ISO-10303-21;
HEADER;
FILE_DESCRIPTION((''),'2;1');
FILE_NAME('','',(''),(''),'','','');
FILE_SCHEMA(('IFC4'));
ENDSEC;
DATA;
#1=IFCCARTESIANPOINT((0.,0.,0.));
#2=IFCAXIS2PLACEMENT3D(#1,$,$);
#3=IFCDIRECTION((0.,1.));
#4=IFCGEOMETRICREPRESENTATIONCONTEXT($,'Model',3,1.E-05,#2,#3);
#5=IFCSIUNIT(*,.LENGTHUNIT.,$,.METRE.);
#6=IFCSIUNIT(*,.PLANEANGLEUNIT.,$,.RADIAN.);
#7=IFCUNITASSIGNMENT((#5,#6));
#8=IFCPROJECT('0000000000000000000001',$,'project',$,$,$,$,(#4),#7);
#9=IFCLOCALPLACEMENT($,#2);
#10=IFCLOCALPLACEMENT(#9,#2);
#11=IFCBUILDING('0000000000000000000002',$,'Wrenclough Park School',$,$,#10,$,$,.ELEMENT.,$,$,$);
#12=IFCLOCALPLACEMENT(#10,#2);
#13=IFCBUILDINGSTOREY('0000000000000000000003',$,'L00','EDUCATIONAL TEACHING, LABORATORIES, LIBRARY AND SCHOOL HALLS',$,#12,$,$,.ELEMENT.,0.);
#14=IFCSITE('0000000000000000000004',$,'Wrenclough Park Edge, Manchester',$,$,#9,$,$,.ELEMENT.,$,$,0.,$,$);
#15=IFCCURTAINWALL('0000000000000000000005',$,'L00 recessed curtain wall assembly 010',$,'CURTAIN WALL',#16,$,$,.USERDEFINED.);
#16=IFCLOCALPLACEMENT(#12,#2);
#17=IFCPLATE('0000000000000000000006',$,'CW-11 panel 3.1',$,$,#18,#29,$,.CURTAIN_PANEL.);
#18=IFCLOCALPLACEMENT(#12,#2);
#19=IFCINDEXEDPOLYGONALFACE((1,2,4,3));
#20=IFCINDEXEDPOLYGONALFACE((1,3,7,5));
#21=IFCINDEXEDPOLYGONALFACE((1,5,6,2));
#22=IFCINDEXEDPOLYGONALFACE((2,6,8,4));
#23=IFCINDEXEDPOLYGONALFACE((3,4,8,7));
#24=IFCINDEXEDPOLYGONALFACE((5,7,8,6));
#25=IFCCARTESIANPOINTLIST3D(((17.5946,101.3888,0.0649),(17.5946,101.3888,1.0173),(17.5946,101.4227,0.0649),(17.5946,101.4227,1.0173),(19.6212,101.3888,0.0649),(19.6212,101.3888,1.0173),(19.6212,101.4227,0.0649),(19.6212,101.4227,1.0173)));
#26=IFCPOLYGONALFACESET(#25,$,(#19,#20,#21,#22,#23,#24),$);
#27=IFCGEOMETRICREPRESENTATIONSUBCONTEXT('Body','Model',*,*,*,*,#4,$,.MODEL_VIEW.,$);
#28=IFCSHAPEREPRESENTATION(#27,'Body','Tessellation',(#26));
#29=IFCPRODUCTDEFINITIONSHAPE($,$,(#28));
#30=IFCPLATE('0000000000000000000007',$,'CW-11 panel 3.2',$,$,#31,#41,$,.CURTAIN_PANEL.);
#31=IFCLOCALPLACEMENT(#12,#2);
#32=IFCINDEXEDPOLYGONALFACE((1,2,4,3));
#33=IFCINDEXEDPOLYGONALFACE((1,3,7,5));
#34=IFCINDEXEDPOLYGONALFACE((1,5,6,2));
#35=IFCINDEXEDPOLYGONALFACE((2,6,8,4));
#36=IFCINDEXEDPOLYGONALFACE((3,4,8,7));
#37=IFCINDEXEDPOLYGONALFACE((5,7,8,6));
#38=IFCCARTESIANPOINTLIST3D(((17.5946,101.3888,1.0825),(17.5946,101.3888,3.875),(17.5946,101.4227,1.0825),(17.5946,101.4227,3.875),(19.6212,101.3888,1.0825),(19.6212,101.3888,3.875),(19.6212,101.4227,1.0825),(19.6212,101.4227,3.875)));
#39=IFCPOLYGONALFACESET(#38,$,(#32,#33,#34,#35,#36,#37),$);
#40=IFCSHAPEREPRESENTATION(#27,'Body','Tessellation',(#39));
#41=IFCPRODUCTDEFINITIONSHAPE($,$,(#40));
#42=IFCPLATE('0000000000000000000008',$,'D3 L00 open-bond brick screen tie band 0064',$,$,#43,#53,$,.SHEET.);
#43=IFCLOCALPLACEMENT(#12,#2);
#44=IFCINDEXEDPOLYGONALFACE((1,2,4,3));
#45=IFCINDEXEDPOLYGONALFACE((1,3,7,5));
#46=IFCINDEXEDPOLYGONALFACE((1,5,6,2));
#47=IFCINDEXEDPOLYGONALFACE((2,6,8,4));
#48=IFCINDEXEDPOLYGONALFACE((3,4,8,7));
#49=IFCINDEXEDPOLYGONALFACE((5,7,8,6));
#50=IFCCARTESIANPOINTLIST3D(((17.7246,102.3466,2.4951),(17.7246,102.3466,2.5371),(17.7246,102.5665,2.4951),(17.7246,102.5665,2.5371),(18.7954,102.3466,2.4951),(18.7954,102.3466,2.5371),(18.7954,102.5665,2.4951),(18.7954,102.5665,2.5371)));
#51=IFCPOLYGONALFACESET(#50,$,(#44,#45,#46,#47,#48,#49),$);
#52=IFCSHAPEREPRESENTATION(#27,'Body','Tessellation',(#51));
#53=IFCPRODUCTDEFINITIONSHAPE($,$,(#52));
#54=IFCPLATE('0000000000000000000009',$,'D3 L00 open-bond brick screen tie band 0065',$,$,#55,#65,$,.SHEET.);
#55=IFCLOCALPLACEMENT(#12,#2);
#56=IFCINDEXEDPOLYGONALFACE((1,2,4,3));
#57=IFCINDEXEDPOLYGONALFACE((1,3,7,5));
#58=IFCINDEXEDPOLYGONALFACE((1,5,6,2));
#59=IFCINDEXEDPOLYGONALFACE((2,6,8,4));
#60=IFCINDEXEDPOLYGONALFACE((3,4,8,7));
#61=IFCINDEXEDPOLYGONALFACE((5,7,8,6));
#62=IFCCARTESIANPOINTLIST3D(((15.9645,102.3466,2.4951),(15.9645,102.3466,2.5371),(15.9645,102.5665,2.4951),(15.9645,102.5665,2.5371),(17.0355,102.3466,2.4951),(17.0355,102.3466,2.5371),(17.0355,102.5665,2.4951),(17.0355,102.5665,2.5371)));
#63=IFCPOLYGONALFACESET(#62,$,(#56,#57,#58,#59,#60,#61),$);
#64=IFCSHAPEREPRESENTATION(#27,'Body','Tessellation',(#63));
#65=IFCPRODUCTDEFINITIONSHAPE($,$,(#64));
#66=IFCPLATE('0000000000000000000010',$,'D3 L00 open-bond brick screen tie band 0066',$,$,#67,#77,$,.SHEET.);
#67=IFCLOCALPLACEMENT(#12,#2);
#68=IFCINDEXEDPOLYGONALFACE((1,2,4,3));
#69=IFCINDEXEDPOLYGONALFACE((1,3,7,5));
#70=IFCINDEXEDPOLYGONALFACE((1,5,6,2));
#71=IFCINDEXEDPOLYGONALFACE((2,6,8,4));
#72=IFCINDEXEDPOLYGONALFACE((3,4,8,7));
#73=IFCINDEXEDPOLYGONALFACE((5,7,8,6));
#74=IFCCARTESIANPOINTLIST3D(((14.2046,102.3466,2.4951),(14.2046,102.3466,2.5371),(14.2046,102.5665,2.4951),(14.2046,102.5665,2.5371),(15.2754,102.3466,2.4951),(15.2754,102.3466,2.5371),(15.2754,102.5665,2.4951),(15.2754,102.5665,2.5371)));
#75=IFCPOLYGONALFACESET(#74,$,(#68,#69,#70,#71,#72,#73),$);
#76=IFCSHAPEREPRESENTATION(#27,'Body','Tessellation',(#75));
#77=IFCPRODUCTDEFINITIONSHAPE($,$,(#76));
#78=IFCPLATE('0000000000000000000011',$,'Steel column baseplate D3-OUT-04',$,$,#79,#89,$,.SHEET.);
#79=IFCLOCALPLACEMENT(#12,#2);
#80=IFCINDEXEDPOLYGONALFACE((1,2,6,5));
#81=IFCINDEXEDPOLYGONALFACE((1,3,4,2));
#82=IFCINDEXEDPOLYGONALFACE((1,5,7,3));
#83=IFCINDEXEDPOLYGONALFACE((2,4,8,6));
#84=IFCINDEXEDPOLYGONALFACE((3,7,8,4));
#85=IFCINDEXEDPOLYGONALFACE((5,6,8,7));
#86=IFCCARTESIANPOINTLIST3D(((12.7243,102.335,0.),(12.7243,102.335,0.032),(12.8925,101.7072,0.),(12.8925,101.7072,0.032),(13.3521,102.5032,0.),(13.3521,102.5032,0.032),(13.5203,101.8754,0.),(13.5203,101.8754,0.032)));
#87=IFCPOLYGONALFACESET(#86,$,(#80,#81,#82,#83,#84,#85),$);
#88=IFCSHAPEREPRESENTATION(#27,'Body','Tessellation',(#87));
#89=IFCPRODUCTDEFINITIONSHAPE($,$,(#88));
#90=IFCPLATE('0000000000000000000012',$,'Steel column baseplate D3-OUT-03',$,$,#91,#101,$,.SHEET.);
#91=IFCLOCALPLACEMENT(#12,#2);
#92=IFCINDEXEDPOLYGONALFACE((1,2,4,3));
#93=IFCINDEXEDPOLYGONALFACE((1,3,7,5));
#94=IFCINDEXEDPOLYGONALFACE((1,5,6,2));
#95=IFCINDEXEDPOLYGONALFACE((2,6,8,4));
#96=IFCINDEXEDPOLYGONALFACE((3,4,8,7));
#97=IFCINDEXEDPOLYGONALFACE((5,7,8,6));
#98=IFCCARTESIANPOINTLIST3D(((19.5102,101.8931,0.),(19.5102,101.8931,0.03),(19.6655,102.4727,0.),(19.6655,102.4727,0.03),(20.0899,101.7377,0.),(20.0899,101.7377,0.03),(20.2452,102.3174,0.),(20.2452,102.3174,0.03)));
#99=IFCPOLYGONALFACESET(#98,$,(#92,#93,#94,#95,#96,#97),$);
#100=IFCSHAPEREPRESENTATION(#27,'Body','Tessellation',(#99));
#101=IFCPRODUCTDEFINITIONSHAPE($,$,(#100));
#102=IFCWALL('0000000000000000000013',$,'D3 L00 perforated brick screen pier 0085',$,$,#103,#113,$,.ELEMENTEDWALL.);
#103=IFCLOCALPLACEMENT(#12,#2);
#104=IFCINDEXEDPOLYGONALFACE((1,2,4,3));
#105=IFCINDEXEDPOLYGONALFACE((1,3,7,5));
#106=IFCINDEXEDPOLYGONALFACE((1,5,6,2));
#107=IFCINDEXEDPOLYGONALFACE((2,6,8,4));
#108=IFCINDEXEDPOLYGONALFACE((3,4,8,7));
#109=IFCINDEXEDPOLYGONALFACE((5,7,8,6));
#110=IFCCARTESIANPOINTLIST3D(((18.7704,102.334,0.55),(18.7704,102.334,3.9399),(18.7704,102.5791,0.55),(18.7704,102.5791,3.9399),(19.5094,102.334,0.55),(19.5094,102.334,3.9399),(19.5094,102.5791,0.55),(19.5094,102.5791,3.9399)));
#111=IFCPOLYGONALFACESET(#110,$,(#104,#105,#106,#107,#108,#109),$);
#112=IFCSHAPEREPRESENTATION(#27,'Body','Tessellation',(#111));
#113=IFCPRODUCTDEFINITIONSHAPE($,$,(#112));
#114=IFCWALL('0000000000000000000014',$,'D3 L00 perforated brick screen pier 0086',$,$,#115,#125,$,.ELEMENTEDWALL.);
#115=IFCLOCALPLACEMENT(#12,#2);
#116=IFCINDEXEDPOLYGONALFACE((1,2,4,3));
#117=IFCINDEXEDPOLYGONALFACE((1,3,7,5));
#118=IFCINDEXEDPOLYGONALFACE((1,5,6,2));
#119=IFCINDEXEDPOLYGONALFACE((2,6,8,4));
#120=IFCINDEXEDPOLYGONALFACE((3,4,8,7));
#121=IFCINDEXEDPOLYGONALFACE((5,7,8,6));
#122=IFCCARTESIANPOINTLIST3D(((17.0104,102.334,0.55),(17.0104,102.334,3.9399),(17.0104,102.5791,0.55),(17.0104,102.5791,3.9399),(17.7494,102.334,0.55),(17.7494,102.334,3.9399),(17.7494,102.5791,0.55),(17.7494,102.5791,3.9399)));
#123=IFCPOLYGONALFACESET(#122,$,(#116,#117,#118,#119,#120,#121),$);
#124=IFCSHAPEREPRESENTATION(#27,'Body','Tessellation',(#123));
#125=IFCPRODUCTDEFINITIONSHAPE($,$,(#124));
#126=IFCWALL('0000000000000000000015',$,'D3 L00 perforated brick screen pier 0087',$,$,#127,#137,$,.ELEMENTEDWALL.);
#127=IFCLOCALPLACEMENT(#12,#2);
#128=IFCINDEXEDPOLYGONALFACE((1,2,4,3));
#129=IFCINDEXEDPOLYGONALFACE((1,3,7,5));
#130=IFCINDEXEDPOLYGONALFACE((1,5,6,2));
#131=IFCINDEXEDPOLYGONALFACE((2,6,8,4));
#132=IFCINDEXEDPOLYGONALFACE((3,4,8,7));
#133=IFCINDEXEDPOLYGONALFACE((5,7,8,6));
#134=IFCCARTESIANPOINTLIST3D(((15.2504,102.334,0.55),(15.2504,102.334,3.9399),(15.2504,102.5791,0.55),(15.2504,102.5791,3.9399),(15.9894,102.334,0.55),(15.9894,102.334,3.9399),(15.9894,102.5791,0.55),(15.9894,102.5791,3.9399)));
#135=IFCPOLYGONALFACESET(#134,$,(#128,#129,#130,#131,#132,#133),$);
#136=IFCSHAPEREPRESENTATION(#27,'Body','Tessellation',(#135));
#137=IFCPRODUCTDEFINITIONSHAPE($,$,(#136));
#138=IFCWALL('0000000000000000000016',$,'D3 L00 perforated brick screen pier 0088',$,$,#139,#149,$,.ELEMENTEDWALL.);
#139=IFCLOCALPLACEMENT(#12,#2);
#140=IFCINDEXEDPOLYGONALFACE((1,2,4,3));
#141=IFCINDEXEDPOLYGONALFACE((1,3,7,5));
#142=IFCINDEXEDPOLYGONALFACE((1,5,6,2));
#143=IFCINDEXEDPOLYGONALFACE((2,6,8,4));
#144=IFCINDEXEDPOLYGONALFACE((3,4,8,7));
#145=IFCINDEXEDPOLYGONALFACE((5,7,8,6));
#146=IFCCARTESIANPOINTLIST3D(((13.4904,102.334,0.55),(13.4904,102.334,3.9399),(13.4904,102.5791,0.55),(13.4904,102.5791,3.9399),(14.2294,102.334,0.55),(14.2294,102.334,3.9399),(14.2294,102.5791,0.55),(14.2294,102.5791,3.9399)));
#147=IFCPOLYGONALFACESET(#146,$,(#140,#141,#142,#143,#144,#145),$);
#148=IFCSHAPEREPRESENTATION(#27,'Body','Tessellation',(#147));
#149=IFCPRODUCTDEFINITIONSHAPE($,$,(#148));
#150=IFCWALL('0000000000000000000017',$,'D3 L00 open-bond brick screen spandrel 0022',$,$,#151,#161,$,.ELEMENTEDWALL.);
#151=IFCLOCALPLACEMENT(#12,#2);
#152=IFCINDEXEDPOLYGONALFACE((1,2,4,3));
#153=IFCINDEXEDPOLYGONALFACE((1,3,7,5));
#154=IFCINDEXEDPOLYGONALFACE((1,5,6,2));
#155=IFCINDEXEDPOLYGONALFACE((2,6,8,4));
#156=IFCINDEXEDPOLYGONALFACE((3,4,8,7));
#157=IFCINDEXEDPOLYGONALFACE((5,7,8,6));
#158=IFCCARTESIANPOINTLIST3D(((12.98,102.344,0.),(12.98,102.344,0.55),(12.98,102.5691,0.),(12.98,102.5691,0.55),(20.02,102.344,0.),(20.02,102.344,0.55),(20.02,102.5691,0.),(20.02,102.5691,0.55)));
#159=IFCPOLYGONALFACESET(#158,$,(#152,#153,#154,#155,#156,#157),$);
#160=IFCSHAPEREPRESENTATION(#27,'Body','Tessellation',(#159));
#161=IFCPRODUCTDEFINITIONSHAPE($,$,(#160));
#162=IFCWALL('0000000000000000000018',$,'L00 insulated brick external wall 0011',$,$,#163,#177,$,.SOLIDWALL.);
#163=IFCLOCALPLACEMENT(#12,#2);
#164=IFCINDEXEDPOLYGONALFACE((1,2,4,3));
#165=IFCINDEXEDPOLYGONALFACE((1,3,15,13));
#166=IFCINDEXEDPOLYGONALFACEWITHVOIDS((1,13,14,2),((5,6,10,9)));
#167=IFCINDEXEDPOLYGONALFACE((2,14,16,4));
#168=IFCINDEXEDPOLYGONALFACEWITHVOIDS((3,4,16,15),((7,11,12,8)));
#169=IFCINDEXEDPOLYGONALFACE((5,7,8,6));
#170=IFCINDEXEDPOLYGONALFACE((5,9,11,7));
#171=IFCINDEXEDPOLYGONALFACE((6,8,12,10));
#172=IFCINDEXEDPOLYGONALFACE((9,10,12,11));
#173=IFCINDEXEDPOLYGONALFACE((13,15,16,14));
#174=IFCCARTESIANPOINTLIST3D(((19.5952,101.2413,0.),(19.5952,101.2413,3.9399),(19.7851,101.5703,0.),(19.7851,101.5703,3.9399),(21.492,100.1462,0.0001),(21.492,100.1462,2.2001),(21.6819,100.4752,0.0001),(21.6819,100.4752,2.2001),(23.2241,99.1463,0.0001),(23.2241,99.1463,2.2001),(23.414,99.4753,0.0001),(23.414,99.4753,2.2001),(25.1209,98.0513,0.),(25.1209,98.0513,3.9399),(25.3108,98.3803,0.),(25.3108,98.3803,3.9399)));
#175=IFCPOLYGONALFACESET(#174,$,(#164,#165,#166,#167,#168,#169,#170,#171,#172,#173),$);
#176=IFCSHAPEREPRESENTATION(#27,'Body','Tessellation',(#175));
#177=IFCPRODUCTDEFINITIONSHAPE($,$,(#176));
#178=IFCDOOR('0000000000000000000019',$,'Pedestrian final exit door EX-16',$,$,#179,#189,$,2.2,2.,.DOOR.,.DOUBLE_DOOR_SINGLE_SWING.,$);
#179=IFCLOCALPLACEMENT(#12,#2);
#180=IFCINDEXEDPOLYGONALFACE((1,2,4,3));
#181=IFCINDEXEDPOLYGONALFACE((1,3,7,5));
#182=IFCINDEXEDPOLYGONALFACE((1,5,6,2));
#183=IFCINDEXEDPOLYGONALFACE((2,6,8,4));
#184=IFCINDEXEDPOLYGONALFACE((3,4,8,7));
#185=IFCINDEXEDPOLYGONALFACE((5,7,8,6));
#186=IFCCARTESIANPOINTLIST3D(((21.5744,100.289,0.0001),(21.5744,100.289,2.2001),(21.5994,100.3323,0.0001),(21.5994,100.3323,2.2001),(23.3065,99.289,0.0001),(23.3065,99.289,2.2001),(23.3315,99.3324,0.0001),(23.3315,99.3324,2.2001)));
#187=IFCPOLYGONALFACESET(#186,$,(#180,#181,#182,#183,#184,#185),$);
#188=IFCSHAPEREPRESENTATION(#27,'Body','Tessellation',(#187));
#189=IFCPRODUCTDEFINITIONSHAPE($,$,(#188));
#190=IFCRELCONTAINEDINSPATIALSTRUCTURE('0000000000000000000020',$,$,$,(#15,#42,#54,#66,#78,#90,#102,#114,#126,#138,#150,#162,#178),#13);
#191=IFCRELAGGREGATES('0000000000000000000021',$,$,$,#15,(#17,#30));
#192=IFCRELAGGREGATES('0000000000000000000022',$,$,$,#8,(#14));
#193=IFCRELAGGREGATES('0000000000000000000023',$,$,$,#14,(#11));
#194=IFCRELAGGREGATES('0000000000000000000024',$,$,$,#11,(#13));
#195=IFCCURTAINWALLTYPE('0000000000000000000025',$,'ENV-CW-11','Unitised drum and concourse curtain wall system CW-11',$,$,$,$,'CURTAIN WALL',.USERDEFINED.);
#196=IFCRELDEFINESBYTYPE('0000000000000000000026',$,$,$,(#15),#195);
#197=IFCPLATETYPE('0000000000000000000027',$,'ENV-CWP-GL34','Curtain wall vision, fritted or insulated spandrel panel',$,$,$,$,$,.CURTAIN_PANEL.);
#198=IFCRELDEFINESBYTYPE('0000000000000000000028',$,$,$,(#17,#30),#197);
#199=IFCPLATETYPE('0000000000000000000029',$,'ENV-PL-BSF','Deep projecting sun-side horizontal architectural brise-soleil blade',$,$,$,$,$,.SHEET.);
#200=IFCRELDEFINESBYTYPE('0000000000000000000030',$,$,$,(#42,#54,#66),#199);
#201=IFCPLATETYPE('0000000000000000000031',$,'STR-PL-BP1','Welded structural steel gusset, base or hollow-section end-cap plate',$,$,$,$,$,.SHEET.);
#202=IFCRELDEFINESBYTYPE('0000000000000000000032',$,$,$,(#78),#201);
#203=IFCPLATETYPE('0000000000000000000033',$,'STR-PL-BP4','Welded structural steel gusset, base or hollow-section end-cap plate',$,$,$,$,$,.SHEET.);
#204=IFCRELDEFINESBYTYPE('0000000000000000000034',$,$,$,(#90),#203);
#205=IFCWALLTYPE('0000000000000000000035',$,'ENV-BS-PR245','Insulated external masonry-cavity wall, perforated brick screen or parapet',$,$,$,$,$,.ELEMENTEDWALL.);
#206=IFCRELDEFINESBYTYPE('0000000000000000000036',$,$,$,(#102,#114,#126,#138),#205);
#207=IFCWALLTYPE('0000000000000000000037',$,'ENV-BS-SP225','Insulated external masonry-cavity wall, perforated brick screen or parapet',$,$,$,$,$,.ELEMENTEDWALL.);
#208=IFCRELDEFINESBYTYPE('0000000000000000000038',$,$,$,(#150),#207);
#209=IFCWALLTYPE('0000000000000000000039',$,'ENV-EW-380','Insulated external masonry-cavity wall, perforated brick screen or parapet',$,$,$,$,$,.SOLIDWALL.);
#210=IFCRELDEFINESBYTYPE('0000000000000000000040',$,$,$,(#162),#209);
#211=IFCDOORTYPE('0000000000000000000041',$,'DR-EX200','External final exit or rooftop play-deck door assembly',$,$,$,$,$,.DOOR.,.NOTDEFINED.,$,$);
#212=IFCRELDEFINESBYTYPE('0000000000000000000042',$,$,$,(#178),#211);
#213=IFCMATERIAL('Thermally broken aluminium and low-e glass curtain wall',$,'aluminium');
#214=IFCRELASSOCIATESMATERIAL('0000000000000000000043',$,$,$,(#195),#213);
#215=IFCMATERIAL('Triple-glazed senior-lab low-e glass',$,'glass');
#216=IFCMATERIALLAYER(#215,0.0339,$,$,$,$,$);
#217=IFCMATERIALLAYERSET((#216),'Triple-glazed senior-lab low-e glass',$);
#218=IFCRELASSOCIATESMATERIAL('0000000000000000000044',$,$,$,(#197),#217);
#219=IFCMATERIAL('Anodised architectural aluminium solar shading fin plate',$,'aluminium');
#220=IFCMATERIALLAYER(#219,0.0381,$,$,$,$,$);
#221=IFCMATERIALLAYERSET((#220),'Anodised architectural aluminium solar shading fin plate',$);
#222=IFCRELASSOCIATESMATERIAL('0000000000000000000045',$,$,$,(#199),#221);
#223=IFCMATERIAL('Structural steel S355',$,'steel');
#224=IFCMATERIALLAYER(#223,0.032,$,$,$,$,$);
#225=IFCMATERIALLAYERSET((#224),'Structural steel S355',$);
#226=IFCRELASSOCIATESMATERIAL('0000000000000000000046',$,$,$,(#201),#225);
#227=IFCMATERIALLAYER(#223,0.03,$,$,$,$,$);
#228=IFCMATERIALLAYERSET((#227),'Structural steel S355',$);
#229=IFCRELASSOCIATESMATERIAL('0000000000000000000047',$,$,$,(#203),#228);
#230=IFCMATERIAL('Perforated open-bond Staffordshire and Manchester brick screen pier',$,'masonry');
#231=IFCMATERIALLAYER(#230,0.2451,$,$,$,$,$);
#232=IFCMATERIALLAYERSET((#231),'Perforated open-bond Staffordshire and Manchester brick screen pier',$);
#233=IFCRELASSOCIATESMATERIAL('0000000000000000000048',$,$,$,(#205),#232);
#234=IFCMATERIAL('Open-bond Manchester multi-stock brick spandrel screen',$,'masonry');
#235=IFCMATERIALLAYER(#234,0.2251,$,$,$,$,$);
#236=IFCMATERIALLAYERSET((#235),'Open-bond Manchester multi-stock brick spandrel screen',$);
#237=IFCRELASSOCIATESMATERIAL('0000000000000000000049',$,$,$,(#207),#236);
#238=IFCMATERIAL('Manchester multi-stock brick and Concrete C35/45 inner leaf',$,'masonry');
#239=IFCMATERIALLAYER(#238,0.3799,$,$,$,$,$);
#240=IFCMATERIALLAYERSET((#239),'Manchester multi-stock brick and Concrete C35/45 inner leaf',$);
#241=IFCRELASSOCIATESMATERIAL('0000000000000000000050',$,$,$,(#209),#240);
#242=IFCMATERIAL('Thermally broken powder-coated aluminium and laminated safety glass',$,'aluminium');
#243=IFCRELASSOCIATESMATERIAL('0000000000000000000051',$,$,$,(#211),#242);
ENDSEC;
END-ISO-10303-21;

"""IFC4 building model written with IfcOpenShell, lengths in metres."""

from ifc_helpers import new_model, si_unit, direction, frame, frame_2d, origin, origin_2d, place, context, subcontext, project, spatial, rectangle, extrude, material, layer, layer_set, type_object, element, fill, aggregate, save


model = new_model("IFC4")

# Units and contexts
model_context = context("Model", 3, precision=1e-05, world=origin(), true_north=direction((0.0, 1.0)))
body_context = subcontext(model_context, "Body", "Model", "MODEL_VIEW")
ifc_project = project(units=[si_unit("LENGTHUNIT", "METRE"), si_unit("PLANEANGLEUNIT", "RADIAN")], contexts=[model_context])

# Site, building, storey
site_placement = place(None, origin())
site = spatial("IfcSite", under=ifc_project, at=site_placement, Name="Wrenclough Park Edge, Manchester", CompositionType="ELEMENT", RefElevation=0.0)
building_placement = place(site_placement, origin())
building = spatial("IfcBuilding", under=site, at=building_placement, Name="Wrenclough Park School", CompositionType="ELEMENT")
storey_placement = place(building_placement, origin())
storey = spatial("IfcBuildingStorey", under=building, at=storey_placement, Name="L00", Description="EDUCATIONAL TEACHING, LABORATORIES, LIBRARY AND SCHOOL HALLS", CompositionType="ELEMENT", Elevation=0.0)

# Shared definitions
ifc_material_1 = material(Name="Structural steel S355", Category="steel")

# Curtain wall, plates
ifc_material_2 = material(Name="Thermally broken aluminium and low-e glass curtain wall", Category="aluminium")
curtain_wall_type = type_object("IfcCurtainWallType", Name="ENV-CW-11", Description="Unitised drum and concourse curtain wall system CW-11", ElementType="CURTAIN WALL", PredefinedType="USERDEFINED", material=ifc_material_2)
curtain_wall_placement = place(storey_placement, origin())
curtain_wall = element("IfcCurtainWall", 1, at=curtain_wall_placement, inside=storey, type_object=curtain_wall_type, Name="L00 recessed curtain wall assembly 010", ObjectType="CURTAIN WALL", PredefinedType="USERDEFINED")
ifc_material_3 = material(Name="Triple-glazed senior-lab low-e glass", Category="glass")
ifc_layer_1 = layer(ifc_material_3, 0.0339)
ifc_layer_set_1 = layer_set([ifc_layer_1], Name="Triple-glazed senior-lab low-e glass")
plate_type_1 = type_object("IfcPlateType", Name="ENV-CWP-GL34", Description="Curtain wall vision, fritted or insulated spandrel panel", PredefinedType="CURTAIN_PANEL", material=ifc_layer_set_1)
plate_1_placement = place(storey_placement, frame((18.6079, 101.4058, 0.0649), z_axis=(0.0, 0.0, 1.0), x_axis=(1.0, 0.0, 0.0)))
plate_1 = element("IfcPlate", 2, at=plate_1_placement, type_object=plate_type_1, Name="CW-11 panel 3.1", PredefinedType="CURTAIN_PANEL", context=body_context, shape_type="SweptSolid", body=[
    extrude(rectangle(XDim=2.0266, YDim=0.0339, at=origin_2d()), origin(), (0.0, 0.0, 1.0), 0.9524),
])
plate_2_placement = place(storey_placement, frame((18.6079, 101.4058, 1.0825), z_axis=(0.0, 0.0, 1.0), x_axis=(1.0, 0.0, 0.0)))
plate_2 = element("IfcPlate", 3, at=plate_2_placement, type_object=plate_type_1, Name="CW-11 panel 3.2", PredefinedType="CURTAIN_PANEL", context=body_context, shape_type="SweptSolid", body=[
    extrude(rectangle(XDim=2.0266, YDim=0.0339, at=origin_2d()), origin(), (0.0, 0.0, 1.0), 2.7925),
])
aggregate(curtain_wall, [plate_1, plate_2])

# Plates
ifc_material_4 = material(Name="Anodised architectural aluminium solar shading fin plate", Category="aluminium")
ifc_layer_2 = layer(ifc_material_4, 0.0381)
ifc_layer_set_2 = layer_set([ifc_layer_2], Name="Anodised architectural aluminium solar shading fin plate")
plate_type_2 = type_object("IfcPlateType", Name="ENV-PL-BSF", Description="Deep projecting sun-side horizontal architectural brise-soleil blade", PredefinedType="SHEET", material=ifc_layer_set_2)
plate_3_placement = place(storey_placement, frame((18.26, 102.4565, 2.4951), z_axis=(0.0, 0.0, 1.0), x_axis=(-1.0, 0.0, 0.0)))
element("IfcPlate", 4, at=plate_3_placement, inside=storey, type_object=plate_type_2, Name="D3 L00 open-bond brick screen tie band 0064", PredefinedType="SHEET", context=body_context, shape_type="SweptSolid", body=[
    extrude(rectangle(XDim=1.0708, YDim=0.22, at=origin_2d()), origin(), (0.0, 0.0, 1.0), 0.042),
])
plate_4_placement = place(storey_placement, frame((16.5, 102.4565, 2.4951), z_axis=(0.0, 0.0, 1.0), x_axis=(-1.0, 0.0, 0.0)))
element("IfcPlate", 5, at=plate_4_placement, inside=storey, type_object=plate_type_2, Name="D3 L00 open-bond brick screen tie band 0065", PredefinedType="SHEET", context=body_context, shape_type="SweptSolid", body=[
    extrude(rectangle(XDim=1.071, YDim=0.22, at=origin_2d()), origin(), (0.0, 0.0, 1.0), 0.042),
])
plate_5_placement = place(storey_placement, frame((14.74, 102.4565, 2.4951), z_axis=(0.0, 0.0, 1.0), x_axis=(-1.0, 0.0, 0.0)))
element("IfcPlate", 6, at=plate_5_placement, inside=storey, type_object=plate_type_2, Name="D3 L00 open-bond brick screen tie band 0066", PredefinedType="SHEET", context=body_context, shape_type="SweptSolid", body=[
    extrude(rectangle(XDim=1.0708, YDim=0.22, at=origin_2d()), origin(), (0.0, 0.0, 1.0), 0.042),
])
ifc_layer_3 = layer(ifc_material_1, 0.032)
ifc_layer_set_3 = layer_set([ifc_layer_3], Name="Structural steel S355")
plate_type_3 = type_object("IfcPlateType", Name="STR-PL-BP1", Description="Welded structural steel gusset, base or hollow-section end-cap plate", PredefinedType="SHEET", material=ifc_layer_set_3)
plate_6_placement = place(storey_placement, frame((13.1223, 102.1052, 0.0), z_axis=(0.0, 0.0, 1.0), x_axis=(-0.965926, -0.258819, 0.0)))
element("IfcPlate", 7, at=plate_6_placement, inside=storey, type_object=plate_type_3, Name="Steel column baseplate D3-OUT-04", PredefinedType="SHEET", context=body_context, shape_type="SweptSolid", body=[
    extrude(rectangle(XDim=0.6499, YDim=0.6499, at=origin_2d()), origin(), (0.0, 0.0, 1.0), 0.032),
])
ifc_layer_4 = layer(ifc_material_1, 0.03)
ifc_layer_set_4 = layer_set([ifc_layer_4], Name="Structural steel S355")
plate_type_4 = type_object("IfcPlateType", Name="STR-PL-BP4", Description="Welded structural steel gusset, base or hollow-section end-cap plate", PredefinedType="SHEET", material=ifc_layer_set_4)
plate_7_placement = place(storey_placement, frame((19.8777, 102.1052, 0.0), z_axis=(0.0, 0.0, 1.0), x_axis=(-0.965926, 0.258819, 0.0)))
element("IfcPlate", 8, at=plate_7_placement, inside=storey, type_object=plate_type_4, Name="Steel column baseplate D3-OUT-03", PredefinedType="SHEET", context=body_context, shape_type="SweptSolid", body=[
    extrude(rectangle(XDim=0.6001, YDim=0.6001, at=origin_2d()), origin(), (0.0, 0.0, 1.0), 0.03),
])

# Walls
ifc_material_5 = material(Name="Perforated open-bond Staffordshire and Manchester brick screen pier", Category="masonry")
ifc_layer_5 = layer(ifc_material_5, 0.2451)
ifc_layer_set_5 = layer_set([ifc_layer_5], Name="Perforated open-bond Staffordshire and Manchester brick screen pier")
wall_type_1 = type_object("IfcWallType", Name="ENV-BS-PR245", Description="Insulated external masonry-cavity wall, perforated brick screen or parapet", PredefinedType="ELEMENTEDWALL", material=ifc_layer_set_5)
for number, where, z_axis, x_axis, name in (
    (9, (19.5095, 102.4565, 0.55), (0.0, 0.0, 1.0), (-1.0, 0.0, 0.0), "D3 L00 perforated brick screen pier 0085"),
    (10, (17.7495, 102.4565, 0.55), (0.0, 0.0, 1.0), (-1.0, 0.0, 0.0), "D3 L00 perforated brick screen pier 0086"),
    (11, (15.9895, 102.4565, 0.55), (0.0, 0.0, 1.0), (-1.0, 0.0, 0.0), "D3 L00 perforated brick screen pier 0087"),
    (12, (14.2295, 102.4565, 0.55), (0.0, 0.0, 1.0), (-1.0, 0.0, 0.0), "D3 L00 perforated brick screen pier 0088"),
):
    element("IfcWall", number, at=place(storey_placement, frame(where, z_axis=z_axis, x_axis=x_axis)), inside=storey, type_object=wall_type_1, Name=name, PredefinedType="ELEMENTEDWALL", context=body_context, shape_type="SweptSolid", body=[
        extrude(rectangle(XDim=0.739, YDim=0.2451, at=frame_2d((0.3696, 0.0))), origin(), (0.0, 0.0, 1.0), 3.3899),
    ])
ifc_material_6 = material(Name="Open-bond Manchester multi-stock brick spandrel screen", Category="masonry")
ifc_layer_6 = layer(ifc_material_6, 0.2251)
ifc_layer_set_6 = layer_set([ifc_layer_6], Name="Open-bond Manchester multi-stock brick spandrel screen")
wall_type_2 = type_object("IfcWallType", Name="ENV-BS-SP225", Description="Insulated external masonry-cavity wall, perforated brick screen or parapet", PredefinedType="ELEMENTEDWALL", material=ifc_layer_set_6)
wall_1_placement = place(storey_placement, frame((20.02, 102.4565, 0.0), z_axis=(0.0, 0.0, 1.0), x_axis=(-1.0, 0.0, 0.0)))
element("IfcWall", 13, at=wall_1_placement, inside=storey, type_object=wall_type_2, Name="D3 L00 open-bond brick screen spandrel 0022", PredefinedType="ELEMENTEDWALL", context=body_context, shape_type="SweptSolid", body=[
    extrude(rectangle(XDim=7.04, YDim=0.2251, at=frame_2d((3.52, 0.0))), origin(), (0.0, 0.0, 1.0), 0.55),
])

# Wall, opening, door
ifc_material_7 = material(Name="Manchester multi-stock brick and Concrete C35/45 inner leaf", Category="masonry")
ifc_layer_7 = layer(ifc_material_7, 0.3799)
ifc_layer_set_7 = layer_set([ifc_layer_7], Name="Manchester multi-stock brick and Concrete C35/45 inner leaf")
wall_type_3 = type_object("IfcWallType", Name="ENV-EW-380", Description="Insulated external masonry-cavity wall, perforated brick screen or parapet", PredefinedType="SOLIDWALL", material=ifc_layer_set_7)
wall_2_placement = place(storey_placement, frame((19.6902, 101.4058, 0.0), z_axis=(0.0, 0.0, 1.0), x_axis=(0.866045, -0.499966, 0.0)))
wall_2 = element("IfcWall", 14, at=wall_2_placement, inside=storey, type_object=wall_type_3, Name="L00 insulated brick external wall 0011", PredefinedType="SOLIDWALL", context=body_context, shape_type="SweptSolid", body=[
    extrude(rectangle(XDim=6.3804, YDim=0.3799, at=frame_2d((3.1902, 0.0))), origin(), (0.0, 0.0, 1.0), 3.9399),
])
opening_placement = place(wall_2_placement, frame((2.1902, 0.0, 0.0)))
opening = element("IfcOpeningElement", 15, at=opening_placement, cuts=wall_2, PredefinedType="OPENING", context=body_context, shape_type="SweptSolid", body=[
    extrude(rectangle(XDim=2.0, YDim=2.2, at=frame_2d((1.0, 1.1001))), frame((0.0, 0.2, 0.0), z_axis=(0.0, -1.0, 0.0), x_axis=(1.0, 0.0, 0.0)), (0.0, 0.0, 1.0), 0.3999),
])
ifc_material_8 = material(Name="Thermally broken powder-coated aluminium and laminated safety glass", Category="aluminium")
door_type = type_object("IfcDoorType", Name="DR-EX200", Description="External final exit or rooftop play-deck door assembly", OperationType="NOTDEFINED", PredefinedType="DOOR", material=ifc_material_8)
door_placement = place(opening_placement, origin())
door = element("IfcDoor", 16, at=door_placement, inside=storey, type_object=door_type, Name="Pedestrian final exit door EX-16", OperationType="DOUBLE_DOOR_SINGLE_SWING", OverallHeight=2.2, OverallWidth=2.0, PredefinedType="DOOR", context=body_context, shape_type="SweptSolid", body=[
    extrude(rectangle(XDim=2.0, YDim=2.2, at=frame_2d((1.0, 1.1001))), frame((0.0, 0.0249, 0.0), z_axis=(0.0, -1.0, 0.0), x_axis=(1.0, 0.0, 0.0)), (0.0, 0.0, 1.0), 0.05),
])
fill(opening, door)

save(model, "model.ifc")
